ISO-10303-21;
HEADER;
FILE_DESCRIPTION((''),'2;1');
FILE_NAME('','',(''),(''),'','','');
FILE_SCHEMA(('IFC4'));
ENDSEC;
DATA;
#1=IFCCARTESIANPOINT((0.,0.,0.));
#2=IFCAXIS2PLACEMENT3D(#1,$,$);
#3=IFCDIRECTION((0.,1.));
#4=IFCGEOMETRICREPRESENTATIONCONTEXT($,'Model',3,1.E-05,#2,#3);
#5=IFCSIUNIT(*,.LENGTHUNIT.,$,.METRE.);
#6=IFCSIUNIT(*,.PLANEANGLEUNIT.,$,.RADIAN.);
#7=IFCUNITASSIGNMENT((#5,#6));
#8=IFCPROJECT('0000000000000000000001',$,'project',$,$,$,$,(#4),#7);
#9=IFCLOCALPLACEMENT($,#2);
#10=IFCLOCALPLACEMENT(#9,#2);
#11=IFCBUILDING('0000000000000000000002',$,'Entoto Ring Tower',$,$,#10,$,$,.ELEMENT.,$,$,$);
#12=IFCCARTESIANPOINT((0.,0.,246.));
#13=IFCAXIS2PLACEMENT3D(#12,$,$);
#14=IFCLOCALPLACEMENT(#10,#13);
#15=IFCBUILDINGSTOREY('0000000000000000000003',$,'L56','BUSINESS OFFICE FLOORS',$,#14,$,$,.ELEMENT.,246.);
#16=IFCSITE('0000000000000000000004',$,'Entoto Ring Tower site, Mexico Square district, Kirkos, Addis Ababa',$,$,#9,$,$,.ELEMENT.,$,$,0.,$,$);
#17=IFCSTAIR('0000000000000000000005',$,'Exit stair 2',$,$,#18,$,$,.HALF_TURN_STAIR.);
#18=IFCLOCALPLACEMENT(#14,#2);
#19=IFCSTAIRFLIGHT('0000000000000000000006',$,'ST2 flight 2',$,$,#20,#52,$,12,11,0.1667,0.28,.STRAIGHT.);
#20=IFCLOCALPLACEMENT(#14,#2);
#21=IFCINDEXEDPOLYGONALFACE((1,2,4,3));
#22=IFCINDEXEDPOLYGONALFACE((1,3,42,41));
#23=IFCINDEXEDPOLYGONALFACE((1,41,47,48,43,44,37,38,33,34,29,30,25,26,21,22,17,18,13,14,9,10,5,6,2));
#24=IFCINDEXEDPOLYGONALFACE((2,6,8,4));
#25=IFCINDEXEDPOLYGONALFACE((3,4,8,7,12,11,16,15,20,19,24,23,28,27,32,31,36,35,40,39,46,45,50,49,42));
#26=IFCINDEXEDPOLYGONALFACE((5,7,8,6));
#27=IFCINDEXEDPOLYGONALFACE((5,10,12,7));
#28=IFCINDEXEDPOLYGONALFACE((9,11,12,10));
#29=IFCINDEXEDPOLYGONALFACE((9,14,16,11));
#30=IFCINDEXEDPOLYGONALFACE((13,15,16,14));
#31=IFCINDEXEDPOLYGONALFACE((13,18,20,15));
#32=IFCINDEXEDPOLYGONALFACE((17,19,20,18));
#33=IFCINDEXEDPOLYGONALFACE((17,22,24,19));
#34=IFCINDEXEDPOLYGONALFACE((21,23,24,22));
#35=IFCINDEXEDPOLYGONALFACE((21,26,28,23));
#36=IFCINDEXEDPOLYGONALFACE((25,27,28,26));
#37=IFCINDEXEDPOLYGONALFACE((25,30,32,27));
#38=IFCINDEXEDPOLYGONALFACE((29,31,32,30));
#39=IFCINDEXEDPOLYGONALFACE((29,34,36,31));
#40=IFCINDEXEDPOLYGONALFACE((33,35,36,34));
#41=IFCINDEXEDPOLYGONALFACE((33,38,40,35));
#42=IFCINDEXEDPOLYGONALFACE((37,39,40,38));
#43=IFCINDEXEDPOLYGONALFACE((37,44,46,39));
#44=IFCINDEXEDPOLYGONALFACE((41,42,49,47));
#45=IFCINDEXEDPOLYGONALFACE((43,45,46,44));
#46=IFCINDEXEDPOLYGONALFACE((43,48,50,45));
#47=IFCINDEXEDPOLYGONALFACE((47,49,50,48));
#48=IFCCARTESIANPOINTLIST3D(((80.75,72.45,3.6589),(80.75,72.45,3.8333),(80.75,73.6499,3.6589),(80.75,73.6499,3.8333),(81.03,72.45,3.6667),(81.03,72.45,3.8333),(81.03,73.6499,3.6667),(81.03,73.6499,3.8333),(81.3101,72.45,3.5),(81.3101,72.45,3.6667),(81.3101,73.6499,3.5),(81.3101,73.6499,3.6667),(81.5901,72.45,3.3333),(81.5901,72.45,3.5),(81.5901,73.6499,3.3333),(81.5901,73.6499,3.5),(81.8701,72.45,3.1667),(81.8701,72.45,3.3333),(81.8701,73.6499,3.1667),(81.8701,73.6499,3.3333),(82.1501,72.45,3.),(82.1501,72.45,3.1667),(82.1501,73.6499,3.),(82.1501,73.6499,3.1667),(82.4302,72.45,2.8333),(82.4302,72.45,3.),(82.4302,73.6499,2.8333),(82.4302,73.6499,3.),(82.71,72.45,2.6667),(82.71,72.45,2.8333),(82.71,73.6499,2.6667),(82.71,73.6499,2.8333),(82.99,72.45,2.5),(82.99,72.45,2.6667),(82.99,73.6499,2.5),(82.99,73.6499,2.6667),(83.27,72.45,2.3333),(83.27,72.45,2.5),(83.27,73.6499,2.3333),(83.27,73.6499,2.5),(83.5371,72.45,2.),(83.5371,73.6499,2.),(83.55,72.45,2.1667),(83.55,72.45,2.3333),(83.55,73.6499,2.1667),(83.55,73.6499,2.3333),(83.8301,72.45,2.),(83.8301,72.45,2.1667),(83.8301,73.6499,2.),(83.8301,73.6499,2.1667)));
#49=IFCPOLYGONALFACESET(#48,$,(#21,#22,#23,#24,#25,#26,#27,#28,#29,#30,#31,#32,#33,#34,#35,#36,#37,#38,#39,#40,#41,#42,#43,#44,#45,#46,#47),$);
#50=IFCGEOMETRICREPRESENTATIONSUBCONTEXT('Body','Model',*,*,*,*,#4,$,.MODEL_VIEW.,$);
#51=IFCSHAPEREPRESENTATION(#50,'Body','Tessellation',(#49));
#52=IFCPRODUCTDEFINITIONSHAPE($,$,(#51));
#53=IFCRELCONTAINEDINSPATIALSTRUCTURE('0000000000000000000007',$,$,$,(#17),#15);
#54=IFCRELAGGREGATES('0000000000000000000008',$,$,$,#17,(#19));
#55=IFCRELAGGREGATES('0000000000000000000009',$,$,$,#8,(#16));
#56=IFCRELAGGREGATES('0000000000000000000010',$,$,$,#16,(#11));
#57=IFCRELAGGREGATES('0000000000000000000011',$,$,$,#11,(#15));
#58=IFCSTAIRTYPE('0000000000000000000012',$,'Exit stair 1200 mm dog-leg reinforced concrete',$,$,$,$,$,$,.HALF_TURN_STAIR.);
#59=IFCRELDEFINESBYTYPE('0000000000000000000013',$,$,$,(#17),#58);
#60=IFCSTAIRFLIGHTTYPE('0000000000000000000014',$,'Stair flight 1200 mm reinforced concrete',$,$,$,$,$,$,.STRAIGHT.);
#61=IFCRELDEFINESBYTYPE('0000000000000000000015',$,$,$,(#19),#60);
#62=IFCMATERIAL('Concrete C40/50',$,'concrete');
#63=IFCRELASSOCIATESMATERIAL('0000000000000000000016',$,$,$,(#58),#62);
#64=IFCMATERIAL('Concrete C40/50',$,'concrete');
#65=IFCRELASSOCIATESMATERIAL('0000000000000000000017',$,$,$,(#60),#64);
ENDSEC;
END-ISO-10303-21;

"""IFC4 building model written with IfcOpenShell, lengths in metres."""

from ifc_helpers import new_model, si_unit, direction, frame, origin, place, context, subcontext, project, spatial, polyline, outline, extrude, material, type_object, element, aggregate, save


model = new_model("IFC4")

# Units and contexts
model_context = context("Model", 3, precision=1e-05, world=origin(), true_north=direction((0.0, 1.0)))
body_context = subcontext(model_context, "Body", "Model", "MODEL_VIEW")
ifc_project = project(units=[si_unit("LENGTHUNIT", "METRE"), si_unit("PLANEANGLEUNIT", "RADIAN")], contexts=[model_context])

# Site, building, storey
site_placement = place(None, origin())
site = spatial("IfcSite", under=ifc_project, at=site_placement, Name="Entoto Ring Tower site, Mexico Square district, Kirkos, Addis Ababa", CompositionType="ELEMENT", RefElevation=0.0)
building_placement = place(site_placement, origin())
building = spatial("IfcBuilding", under=site, at=building_placement, Name="Entoto Ring Tower", CompositionType="ELEMENT")
storey_placement = place(building_placement, frame((0.0, 0.0, 246.0)))
storey = spatial("IfcBuildingStorey", under=building, at=storey_placement, Name="L56", Description="BUSINESS OFFICE FLOORS", CompositionType="ELEMENT", Elevation=246.0)

# Stair, stair flight
ifc_material_1 = material(Name="Concrete C40/50", Category="concrete")
stair_type = type_object("IfcStairType", Name="Exit stair 1200 mm dog-leg reinforced concrete", PredefinedType="HALF_TURN_STAIR", material=ifc_material_1)
stair_placement = place(storey_placement, origin())
stair = element("IfcStair", 1, at=stair_placement, inside=storey, type_object=stair_type, Name="Exit stair 2", PredefinedType="HALF_TURN_STAIR")
ifc_material_2 = material(Name="Concrete C40/50", Category="concrete")
stair_flight_type = type_object("IfcStairFlightType", Name="Stair flight 1200 mm reinforced concrete", PredefinedType="STRAIGHT", material=ifc_material_2)
stair_flight_1_placement = place(storey_placement, frame((83.8301, 73.05, 2.0), z_axis=(0.0, 0.0, 1.0), x_axis=(-1.0, 0.0, 0.0)))
stair_flight_1 = element("IfcStairFlight", 2, at=stair_flight_1_placement, type_object=stair_flight_type, Name="ST2 flight 2", NumberOfRisers=12, NumberOfTreads=11, PredefinedType="STRAIGHT", RiserHeight=0.1667, TreadLength=0.28, context=body_context, shape_type="SweptSolid", body=[
    extrude(outline(polyline([(0.0, 0.0), (0.0, 0.1667), (0.28, 0.1667), (0.28, 0.3333), (0.5601, 0.3333), (0.5601, 0.5), (0.8401, 0.5), (0.8401, 0.6667), (1.1201, 0.6667), (1.1201, 0.8333), (1.3999, 0.8333), (1.3999, 1.0), (1.6799, 1.0), (1.6799, 1.1667), (1.96, 1.1667), (1.96, 1.3333), (2.24, 1.3333), (2.24, 1.5), (2.52, 1.5), (2.52, 1.6667), (2.8, 1.6667), (2.8, 1.8333), (3.0801, 1.8333), (3.0801, 2.0), (3.0801, 1.6589), (0.293, 0.0), (0.0, 0.0)])), frame((0.0, 0.6001, 0.0), z_axis=(0.0, -1.0, 0.0), x_axis=(1.0, 0.0, 0.0)), (0.0, 0.0, 1.0), 1.2),
])
aggregate(stair, [stair_flight_1])

save(model, "model.ifc")
